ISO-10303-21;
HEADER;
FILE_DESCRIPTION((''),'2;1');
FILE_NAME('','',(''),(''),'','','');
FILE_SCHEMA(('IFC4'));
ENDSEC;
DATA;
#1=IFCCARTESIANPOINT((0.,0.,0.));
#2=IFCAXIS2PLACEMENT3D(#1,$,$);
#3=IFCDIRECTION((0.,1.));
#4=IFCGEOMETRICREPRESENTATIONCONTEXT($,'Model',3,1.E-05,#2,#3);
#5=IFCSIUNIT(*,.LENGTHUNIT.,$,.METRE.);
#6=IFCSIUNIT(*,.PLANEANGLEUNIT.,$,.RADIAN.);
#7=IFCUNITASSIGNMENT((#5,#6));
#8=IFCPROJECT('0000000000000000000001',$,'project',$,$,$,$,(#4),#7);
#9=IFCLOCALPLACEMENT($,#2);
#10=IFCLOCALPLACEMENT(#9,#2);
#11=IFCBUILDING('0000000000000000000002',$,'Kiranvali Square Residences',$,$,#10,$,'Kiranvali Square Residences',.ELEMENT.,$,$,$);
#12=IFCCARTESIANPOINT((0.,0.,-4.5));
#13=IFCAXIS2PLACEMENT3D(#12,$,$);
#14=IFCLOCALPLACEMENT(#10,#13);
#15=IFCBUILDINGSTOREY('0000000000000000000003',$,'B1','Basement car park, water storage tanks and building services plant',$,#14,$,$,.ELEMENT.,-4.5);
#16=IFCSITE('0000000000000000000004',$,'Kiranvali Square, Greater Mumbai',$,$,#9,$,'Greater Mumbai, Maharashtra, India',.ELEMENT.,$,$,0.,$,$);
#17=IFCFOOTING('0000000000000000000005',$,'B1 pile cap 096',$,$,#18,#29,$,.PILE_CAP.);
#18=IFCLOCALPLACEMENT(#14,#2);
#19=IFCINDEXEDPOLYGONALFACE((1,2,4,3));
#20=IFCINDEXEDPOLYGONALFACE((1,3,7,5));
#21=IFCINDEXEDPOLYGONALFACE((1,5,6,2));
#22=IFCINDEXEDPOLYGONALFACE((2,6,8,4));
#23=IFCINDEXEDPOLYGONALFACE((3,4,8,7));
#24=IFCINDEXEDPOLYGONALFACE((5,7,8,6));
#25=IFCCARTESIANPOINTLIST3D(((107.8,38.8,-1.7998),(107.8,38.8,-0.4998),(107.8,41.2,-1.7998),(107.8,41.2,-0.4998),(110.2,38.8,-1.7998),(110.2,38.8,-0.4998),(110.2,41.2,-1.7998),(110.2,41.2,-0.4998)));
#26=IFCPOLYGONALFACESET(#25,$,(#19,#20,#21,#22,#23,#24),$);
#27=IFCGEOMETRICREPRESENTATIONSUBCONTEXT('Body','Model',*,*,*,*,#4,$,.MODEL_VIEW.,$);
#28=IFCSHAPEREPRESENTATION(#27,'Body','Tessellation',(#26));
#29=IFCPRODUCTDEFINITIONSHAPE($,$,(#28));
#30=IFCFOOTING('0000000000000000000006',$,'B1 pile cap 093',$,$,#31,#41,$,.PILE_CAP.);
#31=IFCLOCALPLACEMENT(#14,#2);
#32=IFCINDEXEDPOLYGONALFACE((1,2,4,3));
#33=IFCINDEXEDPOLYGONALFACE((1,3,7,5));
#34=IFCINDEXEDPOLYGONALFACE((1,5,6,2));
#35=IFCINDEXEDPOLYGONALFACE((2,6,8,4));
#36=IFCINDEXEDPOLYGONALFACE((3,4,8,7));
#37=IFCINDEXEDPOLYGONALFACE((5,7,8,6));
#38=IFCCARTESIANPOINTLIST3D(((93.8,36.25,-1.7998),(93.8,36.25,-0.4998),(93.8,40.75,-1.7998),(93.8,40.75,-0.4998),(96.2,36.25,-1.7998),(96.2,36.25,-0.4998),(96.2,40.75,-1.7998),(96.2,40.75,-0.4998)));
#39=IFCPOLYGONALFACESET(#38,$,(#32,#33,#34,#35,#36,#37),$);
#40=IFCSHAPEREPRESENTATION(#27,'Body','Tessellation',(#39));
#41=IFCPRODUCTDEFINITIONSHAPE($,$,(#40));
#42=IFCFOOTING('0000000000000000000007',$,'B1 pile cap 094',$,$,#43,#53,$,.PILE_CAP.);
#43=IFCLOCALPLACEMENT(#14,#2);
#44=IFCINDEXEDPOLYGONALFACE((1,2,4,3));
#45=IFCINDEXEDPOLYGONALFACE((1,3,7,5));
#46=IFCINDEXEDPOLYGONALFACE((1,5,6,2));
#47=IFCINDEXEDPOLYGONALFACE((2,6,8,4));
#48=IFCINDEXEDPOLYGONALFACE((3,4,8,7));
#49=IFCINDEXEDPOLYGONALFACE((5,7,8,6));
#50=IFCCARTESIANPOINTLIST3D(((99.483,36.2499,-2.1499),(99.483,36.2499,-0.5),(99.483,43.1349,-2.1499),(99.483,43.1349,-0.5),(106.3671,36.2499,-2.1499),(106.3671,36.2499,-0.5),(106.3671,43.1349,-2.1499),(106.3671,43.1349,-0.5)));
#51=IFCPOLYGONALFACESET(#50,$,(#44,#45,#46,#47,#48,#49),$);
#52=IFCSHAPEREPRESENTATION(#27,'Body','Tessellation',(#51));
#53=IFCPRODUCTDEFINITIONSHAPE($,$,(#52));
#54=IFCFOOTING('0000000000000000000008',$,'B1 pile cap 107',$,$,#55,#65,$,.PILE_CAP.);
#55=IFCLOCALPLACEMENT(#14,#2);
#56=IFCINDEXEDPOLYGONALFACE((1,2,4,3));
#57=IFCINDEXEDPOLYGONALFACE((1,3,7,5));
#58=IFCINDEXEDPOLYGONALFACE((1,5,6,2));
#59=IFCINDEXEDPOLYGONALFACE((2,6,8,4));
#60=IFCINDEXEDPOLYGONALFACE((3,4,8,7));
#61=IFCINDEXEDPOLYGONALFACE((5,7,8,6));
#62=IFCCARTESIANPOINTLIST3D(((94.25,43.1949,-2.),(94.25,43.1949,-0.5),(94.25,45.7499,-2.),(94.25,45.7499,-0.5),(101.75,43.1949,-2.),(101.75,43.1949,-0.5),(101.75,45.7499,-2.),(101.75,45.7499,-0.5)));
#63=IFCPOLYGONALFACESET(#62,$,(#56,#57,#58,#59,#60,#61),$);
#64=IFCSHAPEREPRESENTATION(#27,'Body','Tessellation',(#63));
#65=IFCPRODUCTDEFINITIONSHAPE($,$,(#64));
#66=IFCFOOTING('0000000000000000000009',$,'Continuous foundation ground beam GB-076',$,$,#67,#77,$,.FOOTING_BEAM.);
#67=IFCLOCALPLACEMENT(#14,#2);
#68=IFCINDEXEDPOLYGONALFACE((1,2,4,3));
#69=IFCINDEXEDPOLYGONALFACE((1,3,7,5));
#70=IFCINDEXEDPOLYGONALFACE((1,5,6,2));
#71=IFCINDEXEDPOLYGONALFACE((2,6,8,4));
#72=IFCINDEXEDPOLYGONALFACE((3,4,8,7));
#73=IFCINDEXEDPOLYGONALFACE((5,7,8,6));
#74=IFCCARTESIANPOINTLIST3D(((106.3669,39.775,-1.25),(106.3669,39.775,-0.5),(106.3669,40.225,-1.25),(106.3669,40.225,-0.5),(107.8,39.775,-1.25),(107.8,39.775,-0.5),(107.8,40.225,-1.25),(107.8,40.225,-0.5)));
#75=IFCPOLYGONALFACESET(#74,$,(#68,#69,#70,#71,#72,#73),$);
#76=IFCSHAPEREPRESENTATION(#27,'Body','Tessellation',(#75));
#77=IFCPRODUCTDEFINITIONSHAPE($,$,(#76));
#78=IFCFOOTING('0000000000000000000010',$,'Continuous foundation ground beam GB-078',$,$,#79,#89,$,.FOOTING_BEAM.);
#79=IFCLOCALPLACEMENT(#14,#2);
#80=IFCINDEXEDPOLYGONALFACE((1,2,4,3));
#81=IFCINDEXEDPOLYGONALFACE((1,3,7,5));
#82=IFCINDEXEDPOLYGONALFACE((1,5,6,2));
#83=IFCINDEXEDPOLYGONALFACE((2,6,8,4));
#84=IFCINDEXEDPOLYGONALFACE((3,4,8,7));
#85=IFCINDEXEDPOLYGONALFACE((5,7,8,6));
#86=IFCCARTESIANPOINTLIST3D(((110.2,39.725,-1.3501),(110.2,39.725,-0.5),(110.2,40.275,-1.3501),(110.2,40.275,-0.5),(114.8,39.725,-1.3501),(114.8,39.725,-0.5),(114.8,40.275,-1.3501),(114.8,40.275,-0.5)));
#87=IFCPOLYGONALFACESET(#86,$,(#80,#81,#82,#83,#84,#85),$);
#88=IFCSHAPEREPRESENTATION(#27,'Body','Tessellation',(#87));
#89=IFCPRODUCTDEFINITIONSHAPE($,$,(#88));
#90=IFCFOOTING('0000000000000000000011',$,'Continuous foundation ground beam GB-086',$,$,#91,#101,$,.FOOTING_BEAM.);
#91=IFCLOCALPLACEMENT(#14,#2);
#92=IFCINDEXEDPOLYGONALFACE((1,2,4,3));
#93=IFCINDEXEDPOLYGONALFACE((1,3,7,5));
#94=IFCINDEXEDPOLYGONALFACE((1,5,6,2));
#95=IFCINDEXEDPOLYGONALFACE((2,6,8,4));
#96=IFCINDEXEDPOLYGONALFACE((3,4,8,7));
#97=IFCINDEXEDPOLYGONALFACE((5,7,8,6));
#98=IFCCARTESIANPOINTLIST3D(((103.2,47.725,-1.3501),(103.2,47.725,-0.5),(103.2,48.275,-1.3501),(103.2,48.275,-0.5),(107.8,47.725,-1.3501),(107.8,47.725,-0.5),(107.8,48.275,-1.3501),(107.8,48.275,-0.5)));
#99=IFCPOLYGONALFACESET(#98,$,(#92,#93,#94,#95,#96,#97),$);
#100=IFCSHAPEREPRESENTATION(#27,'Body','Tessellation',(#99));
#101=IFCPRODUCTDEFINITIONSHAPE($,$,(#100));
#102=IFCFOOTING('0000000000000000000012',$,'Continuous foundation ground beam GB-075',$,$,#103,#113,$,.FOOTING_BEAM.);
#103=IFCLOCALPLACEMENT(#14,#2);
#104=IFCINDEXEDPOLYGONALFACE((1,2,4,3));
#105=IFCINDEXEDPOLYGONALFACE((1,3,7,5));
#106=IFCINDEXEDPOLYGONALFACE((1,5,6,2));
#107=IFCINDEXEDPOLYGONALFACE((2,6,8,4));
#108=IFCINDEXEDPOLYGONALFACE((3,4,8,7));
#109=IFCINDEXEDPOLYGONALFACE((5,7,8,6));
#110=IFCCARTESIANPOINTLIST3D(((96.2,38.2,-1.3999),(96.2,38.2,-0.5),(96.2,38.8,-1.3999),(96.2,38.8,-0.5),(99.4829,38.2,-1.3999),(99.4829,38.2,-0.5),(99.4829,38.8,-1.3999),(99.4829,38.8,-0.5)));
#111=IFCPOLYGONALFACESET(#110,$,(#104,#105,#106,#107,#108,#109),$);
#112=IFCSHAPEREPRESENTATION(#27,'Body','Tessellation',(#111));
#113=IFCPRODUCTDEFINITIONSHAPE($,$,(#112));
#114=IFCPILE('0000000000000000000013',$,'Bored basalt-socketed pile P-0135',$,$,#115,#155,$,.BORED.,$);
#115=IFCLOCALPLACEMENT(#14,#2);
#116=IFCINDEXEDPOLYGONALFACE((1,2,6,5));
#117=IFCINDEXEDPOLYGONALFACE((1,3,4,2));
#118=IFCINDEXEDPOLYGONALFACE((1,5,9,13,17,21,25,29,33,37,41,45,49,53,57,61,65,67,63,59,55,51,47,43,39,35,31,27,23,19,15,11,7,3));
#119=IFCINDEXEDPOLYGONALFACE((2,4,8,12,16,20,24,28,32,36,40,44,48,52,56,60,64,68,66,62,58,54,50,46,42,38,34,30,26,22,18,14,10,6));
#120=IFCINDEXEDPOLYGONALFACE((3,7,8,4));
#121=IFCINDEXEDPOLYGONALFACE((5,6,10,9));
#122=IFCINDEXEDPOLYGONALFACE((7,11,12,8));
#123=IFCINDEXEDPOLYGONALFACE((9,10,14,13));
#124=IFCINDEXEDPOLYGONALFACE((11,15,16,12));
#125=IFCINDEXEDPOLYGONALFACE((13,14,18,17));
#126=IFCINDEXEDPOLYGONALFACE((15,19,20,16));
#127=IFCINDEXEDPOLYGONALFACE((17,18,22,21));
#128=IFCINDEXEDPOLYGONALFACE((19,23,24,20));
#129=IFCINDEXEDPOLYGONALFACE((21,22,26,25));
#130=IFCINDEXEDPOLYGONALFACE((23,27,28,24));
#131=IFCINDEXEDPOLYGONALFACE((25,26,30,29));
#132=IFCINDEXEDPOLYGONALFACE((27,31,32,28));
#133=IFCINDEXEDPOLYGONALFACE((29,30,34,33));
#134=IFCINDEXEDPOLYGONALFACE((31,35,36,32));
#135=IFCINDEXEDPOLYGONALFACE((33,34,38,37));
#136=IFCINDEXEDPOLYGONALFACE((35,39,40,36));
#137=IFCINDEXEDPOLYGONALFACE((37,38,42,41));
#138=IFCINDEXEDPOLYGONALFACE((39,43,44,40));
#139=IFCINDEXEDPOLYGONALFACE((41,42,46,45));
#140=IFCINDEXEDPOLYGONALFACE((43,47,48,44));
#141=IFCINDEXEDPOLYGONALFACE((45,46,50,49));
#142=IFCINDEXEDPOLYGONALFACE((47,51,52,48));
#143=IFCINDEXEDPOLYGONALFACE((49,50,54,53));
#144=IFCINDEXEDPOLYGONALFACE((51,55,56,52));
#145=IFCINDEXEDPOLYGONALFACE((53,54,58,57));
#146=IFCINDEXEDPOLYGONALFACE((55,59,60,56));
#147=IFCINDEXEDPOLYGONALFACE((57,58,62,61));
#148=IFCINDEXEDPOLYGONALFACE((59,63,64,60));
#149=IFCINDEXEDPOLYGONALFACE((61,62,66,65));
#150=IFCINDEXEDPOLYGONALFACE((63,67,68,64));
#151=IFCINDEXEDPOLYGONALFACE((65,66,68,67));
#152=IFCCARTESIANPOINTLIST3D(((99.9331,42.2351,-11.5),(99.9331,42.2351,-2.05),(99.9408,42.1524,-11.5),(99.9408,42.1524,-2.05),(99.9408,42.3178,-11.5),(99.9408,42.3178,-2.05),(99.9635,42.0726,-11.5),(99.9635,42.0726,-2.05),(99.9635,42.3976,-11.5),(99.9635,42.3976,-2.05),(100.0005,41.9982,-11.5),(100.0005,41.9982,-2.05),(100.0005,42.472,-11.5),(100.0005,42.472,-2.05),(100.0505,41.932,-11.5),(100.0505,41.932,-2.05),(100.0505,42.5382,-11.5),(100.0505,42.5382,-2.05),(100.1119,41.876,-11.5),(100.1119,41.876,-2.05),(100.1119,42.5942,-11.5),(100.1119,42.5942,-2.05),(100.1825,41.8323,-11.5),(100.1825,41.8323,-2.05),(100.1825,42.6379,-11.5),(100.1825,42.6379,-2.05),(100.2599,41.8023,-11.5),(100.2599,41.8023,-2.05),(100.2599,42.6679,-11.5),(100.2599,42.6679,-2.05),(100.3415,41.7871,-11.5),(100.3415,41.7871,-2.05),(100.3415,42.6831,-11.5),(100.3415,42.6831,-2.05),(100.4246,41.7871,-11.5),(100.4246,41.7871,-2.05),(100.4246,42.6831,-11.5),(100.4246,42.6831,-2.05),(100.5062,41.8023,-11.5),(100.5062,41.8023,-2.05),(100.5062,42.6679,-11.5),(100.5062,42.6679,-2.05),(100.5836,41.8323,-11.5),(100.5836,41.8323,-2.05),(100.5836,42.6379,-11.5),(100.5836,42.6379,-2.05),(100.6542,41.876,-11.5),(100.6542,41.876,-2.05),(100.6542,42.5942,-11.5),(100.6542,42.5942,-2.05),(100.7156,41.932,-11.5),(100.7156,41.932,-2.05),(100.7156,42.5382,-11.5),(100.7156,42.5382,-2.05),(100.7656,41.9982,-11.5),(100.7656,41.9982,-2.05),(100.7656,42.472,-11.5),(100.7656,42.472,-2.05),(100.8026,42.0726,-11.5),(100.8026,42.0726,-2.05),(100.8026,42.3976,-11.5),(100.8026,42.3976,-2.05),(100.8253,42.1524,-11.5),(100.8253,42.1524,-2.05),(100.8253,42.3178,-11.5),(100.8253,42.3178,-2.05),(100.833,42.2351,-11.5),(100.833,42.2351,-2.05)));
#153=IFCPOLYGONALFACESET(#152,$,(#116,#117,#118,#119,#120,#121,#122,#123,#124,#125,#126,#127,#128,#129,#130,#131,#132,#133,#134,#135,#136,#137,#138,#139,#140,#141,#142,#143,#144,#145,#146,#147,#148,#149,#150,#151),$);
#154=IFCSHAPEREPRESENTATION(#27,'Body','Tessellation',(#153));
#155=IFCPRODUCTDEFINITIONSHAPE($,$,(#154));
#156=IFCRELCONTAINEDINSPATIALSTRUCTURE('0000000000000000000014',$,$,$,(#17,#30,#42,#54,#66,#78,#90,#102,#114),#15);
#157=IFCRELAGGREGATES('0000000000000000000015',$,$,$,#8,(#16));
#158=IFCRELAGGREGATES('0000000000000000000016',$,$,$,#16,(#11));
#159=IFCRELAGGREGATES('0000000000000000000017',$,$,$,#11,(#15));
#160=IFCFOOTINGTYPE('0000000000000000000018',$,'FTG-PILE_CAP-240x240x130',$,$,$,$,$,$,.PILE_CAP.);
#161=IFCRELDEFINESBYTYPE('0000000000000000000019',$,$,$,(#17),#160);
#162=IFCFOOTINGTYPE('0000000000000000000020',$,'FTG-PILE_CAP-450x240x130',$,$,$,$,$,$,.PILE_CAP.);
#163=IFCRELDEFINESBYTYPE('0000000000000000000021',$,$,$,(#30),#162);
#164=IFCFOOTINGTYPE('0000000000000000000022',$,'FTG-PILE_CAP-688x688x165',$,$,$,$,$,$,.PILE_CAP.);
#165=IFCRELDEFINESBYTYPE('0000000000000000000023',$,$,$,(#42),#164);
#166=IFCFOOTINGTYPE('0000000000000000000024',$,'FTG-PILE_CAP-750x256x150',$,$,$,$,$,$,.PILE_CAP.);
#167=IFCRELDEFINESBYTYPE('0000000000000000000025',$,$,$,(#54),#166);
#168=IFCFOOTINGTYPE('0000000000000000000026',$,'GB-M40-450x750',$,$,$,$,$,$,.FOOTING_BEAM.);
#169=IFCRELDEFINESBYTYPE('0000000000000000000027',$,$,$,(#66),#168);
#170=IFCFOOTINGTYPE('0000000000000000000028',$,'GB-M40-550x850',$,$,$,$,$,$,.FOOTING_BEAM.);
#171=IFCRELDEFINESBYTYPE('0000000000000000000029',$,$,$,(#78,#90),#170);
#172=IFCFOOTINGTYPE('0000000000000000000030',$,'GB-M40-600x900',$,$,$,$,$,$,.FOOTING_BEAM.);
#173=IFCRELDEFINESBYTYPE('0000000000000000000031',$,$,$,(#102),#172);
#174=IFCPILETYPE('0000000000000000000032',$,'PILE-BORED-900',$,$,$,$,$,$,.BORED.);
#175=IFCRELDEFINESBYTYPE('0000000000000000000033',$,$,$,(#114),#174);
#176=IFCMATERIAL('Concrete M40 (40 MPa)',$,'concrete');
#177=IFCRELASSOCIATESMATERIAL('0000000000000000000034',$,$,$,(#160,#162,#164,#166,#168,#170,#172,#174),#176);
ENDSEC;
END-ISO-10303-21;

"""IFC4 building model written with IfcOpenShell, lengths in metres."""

from ifc_helpers import new_model, si_unit, direction, frame, origin, origin_2d, place, context, subcontext, project, spatial, rectangle, circle, extrude, material, material_profile, profile_set, type_object, element, save


model = new_model("IFC4")

# Units and contexts
model_context = context("Model", 3, precision=1e-05, world=origin(), true_north=direction((0.0, 1.0)))
body_context = subcontext(model_context, "Body", "Model", "MODEL_VIEW")
ifc_project = project(units=[si_unit("LENGTHUNIT", "METRE"), si_unit("PLANEANGLEUNIT", "RADIAN")], contexts=[model_context])

# Site, building, storey
site_placement = place(None, origin())
site = spatial("IfcSite", under=ifc_project, at=site_placement, Name="Kiranvali Square, Greater Mumbai", LongName="Greater Mumbai, Maharashtra, India", CompositionType="ELEMENT", RefElevation=0.0)
building_placement = place(site_placement, origin())
building = spatial("IfcBuilding", under=site, at=building_placement, Name="Kiranvali Square Residences", LongName="Kiranvali Square Residences", CompositionType="ELEMENT")
storey_placement = place(building_placement, frame((0.0, 0.0, -4.5)))
storey = spatial("IfcBuildingStorey", under=building, at=storey_placement, Name="B1", Description="Basement car park, water storage tanks and building services plant", CompositionType="ELEMENT", Elevation=-4.5)

# Footings
ifc_material_1 = material(Name="Concrete M40 (40 MPa)", Category="concrete")
footing_type_1 = type_object("IfcFootingType", Name="FTG-PILE_CAP-240x240x130", PredefinedType="PILE_CAP", material=ifc_material_1)
footing_1_placement = place(storey_placement, frame((109.0, 40.0, -1.7998), z_axis=(0.0, 0.0, 1.0), x_axis=(1.0, 0.0, 0.0)))
element("IfcFooting", 1, at=footing_1_placement, inside=storey, type_object=footing_type_1, Name="B1 pile cap 096", PredefinedType="PILE_CAP", context=body_context, shape_type="SweptSolid", body=[
    extrude(rectangle(XDim=2.3999, YDim=2.3999, at=origin_2d()), origin(), (0.0, 0.0, 1.0), 1.3),
])
footing_type_2 = type_object("IfcFootingType", Name="FTG-PILE_CAP-450x240x130", PredefinedType="PILE_CAP", material=ifc_material_1)
footing_2_placement = place(storey_placement, frame((95.0, 38.5, -1.7998), z_axis=(0.0, 0.0, 1.0), x_axis=(0.0, 1.0, 0.0)))
element("IfcFooting", 2, at=footing_2_placement, inside=storey, type_object=footing_type_2, Name="B1 pile cap 093", PredefinedType="PILE_CAP", context=body_context, shape_type="SweptSolid", body=[
    extrude(rectangle(XDim=4.5, YDim=2.3999, at=origin_2d()), origin(), (0.0, 0.0, 1.0), 1.3),
])
footing_type_3 = type_object("IfcFootingType", Name="FTG-PILE_CAP-688x688x165", PredefinedType="PILE_CAP", material=ifc_material_1)
footing_3_placement = place(storey_placement, frame((102.925, 39.6924, -2.1499), z_axis=(0.0, 0.0, 1.0), x_axis=(0.0, 1.0, 0.0)))
element("IfcFooting", 3, at=footing_3_placement, inside=storey, type_object=footing_type_3, Name="B1 pile cap 094", PredefinedType="PILE_CAP", context=body_context, shape_type="SweptSolid", body=[
    extrude(rectangle(XDim=6.885, YDim=6.884, at=origin_2d()), origin(), (0.0, 0.0, 1.0), 1.6499),
])
footing_type_4 = type_object("IfcFootingType", Name="FTG-PILE_CAP-750x256x150", PredefinedType="PILE_CAP", material=ifc_material_1)
footing_4_placement = place(storey_placement, frame((98.0, 44.4724, -2.0), z_axis=(0.0, 0.0, 1.0), x_axis=(1.0, 0.0, 0.0)))
element("IfcFooting", 4, at=footing_4_placement, inside=storey, type_object=footing_type_4, Name="B1 pile cap 107", PredefinedType="PILE_CAP", context=body_context, shape_type="SweptSolid", body=[
    extrude(rectangle(XDim=7.5, YDim=2.5549, at=origin_2d()), origin(), (0.0, 0.0, 1.0), 1.5),
])
ifc_material_profile_1 = material_profile(ifc_material_1, rectangle(XDim=0.45, YDim=0.75, at=origin_2d()), Name="GB 450x750")
ifc_profile_set_1 = profile_set([ifc_material_profile_1], Name="Concrete M40 (40 MPa)")
footing_type_5 = type_object("IfcFootingType", Name="GB-M40-450x750", PredefinedType="FOOTING_BEAM", material=ifc_profile_set_1)
footing_5_placement = place(storey_placement, frame((106.3669, 40.0, -0.875), z_axis=(1.0, 0.0, 0.0), x_axis=(0.0, 1.0, 0.0)))
element("IfcFooting", 5, at=footing_5_placement, inside=storey, type_object=footing_type_5, Name="Continuous foundation ground beam GB-076", PredefinedType="FOOTING_BEAM", context=body_context, shape_type="SweptSolid", body=[
    extrude(rectangle(XDim=0.45, YDim=0.75, at=origin_2d()), origin(), (0.0, 0.0, 1.0), 1.4331),
])
ifc_material_profile_2 = material_profile(ifc_material_1, rectangle(XDim=0.55, YDim=0.8501, at=origin_2d()), Name="GB 550x850")
ifc_profile_set_2 = profile_set([ifc_material_profile_2], Name="Concrete M40 (40 MPa)")
footing_type_6 = type_object("IfcFootingType", Name="GB-M40-550x850", PredefinedType="FOOTING_BEAM", material=ifc_profile_set_2)
for number, where, z_axis, x_axis, name in (
    (6, (110.2, 40.0, -0.925), (1.0, 0.0, 0.0), (0.0, 1.0, 0.0), "Continuous foundation ground beam GB-078"),
    (7, (103.2, 48.0, -0.925), (1.0, 0.0, 0.0), (0.0, 1.0, 0.0), "Continuous foundation ground beam GB-086"),
):
    element("IfcFooting", number, at=place(storey_placement, frame(where, z_axis=z_axis, x_axis=x_axis)), inside=storey, type_object=footing_type_6, Name=name, PredefinedType="FOOTING_BEAM", context=body_context, shape_type="SweptSolid", body=[
        extrude(rectangle(XDim=0.55, YDim=0.8501, at=origin_2d()), origin(), (0.0, 0.0, 1.0), 4.6001),
    ])
ifc_material_profile_3 = material_profile(ifc_material_1, rectangle(XDim=0.6001, YDim=0.8999, at=origin_2d()), Name="GB 600x900")
ifc_profile_set_3 = profile_set([ifc_material_profile_3], Name="Concrete M40 (40 MPa)")
footing_type_7 = type_object("IfcFootingType", Name="GB-M40-600x900", PredefinedType="FOOTING_BEAM", material=ifc_profile_set_3)
footing_6_placement = place(storey_placement, frame((96.2, 38.5, -0.95), z_axis=(1.0, 0.0, 0.0), x_axis=(0.0, 1.0, 0.0)))
element("IfcFooting", 8, at=footing_6_placement, inside=storey, type_object=footing_type_7, Name="Continuous foundation ground beam GB-075", PredefinedType="FOOTING_BEAM", context=body_context, shape_type="SweptSolid", body=[
    extrude(rectangle(XDim=0.6001, YDim=0.8999, at=origin_2d()), origin(), (0.0, 0.0, 1.0), 3.283),
])

# Pile
ifc_material_profile_4 = material_profile(ifc_material_1, circle(Radius=0.45, at=origin_2d()), Name="BORED PILE 900")
ifc_profile_set_4 = profile_set([ifc_material_profile_4], Name="Concrete M40 (40 MPa)")
pile_type = type_object("IfcPileType", Name="PILE-BORED-900", PredefinedType="BORED", material=ifc_profile_set_4)
for number, where, z_axis, x_axis, name in (
    (9, (100.3831, 42.2351, -2.05), (0.0, 0.0, -1.0), (1.0, 0.0, 0.0), "Bored basalt-socketed pile P-0135"),
):
    element("IfcPile", number, at=place(storey_placement, frame(where, z_axis=z_axis, x_axis=x_axis)), inside=storey, type_object=pile_type, Name=name, PredefinedType="BORED", context=body_context, shape_type="SweptSolid", body=[
        extrude(circle(Radius=0.45, at=origin_2d()), origin(), (0.0, 0.0, 1.0), 9.45),
    ])

save(model, "model.ifc")
